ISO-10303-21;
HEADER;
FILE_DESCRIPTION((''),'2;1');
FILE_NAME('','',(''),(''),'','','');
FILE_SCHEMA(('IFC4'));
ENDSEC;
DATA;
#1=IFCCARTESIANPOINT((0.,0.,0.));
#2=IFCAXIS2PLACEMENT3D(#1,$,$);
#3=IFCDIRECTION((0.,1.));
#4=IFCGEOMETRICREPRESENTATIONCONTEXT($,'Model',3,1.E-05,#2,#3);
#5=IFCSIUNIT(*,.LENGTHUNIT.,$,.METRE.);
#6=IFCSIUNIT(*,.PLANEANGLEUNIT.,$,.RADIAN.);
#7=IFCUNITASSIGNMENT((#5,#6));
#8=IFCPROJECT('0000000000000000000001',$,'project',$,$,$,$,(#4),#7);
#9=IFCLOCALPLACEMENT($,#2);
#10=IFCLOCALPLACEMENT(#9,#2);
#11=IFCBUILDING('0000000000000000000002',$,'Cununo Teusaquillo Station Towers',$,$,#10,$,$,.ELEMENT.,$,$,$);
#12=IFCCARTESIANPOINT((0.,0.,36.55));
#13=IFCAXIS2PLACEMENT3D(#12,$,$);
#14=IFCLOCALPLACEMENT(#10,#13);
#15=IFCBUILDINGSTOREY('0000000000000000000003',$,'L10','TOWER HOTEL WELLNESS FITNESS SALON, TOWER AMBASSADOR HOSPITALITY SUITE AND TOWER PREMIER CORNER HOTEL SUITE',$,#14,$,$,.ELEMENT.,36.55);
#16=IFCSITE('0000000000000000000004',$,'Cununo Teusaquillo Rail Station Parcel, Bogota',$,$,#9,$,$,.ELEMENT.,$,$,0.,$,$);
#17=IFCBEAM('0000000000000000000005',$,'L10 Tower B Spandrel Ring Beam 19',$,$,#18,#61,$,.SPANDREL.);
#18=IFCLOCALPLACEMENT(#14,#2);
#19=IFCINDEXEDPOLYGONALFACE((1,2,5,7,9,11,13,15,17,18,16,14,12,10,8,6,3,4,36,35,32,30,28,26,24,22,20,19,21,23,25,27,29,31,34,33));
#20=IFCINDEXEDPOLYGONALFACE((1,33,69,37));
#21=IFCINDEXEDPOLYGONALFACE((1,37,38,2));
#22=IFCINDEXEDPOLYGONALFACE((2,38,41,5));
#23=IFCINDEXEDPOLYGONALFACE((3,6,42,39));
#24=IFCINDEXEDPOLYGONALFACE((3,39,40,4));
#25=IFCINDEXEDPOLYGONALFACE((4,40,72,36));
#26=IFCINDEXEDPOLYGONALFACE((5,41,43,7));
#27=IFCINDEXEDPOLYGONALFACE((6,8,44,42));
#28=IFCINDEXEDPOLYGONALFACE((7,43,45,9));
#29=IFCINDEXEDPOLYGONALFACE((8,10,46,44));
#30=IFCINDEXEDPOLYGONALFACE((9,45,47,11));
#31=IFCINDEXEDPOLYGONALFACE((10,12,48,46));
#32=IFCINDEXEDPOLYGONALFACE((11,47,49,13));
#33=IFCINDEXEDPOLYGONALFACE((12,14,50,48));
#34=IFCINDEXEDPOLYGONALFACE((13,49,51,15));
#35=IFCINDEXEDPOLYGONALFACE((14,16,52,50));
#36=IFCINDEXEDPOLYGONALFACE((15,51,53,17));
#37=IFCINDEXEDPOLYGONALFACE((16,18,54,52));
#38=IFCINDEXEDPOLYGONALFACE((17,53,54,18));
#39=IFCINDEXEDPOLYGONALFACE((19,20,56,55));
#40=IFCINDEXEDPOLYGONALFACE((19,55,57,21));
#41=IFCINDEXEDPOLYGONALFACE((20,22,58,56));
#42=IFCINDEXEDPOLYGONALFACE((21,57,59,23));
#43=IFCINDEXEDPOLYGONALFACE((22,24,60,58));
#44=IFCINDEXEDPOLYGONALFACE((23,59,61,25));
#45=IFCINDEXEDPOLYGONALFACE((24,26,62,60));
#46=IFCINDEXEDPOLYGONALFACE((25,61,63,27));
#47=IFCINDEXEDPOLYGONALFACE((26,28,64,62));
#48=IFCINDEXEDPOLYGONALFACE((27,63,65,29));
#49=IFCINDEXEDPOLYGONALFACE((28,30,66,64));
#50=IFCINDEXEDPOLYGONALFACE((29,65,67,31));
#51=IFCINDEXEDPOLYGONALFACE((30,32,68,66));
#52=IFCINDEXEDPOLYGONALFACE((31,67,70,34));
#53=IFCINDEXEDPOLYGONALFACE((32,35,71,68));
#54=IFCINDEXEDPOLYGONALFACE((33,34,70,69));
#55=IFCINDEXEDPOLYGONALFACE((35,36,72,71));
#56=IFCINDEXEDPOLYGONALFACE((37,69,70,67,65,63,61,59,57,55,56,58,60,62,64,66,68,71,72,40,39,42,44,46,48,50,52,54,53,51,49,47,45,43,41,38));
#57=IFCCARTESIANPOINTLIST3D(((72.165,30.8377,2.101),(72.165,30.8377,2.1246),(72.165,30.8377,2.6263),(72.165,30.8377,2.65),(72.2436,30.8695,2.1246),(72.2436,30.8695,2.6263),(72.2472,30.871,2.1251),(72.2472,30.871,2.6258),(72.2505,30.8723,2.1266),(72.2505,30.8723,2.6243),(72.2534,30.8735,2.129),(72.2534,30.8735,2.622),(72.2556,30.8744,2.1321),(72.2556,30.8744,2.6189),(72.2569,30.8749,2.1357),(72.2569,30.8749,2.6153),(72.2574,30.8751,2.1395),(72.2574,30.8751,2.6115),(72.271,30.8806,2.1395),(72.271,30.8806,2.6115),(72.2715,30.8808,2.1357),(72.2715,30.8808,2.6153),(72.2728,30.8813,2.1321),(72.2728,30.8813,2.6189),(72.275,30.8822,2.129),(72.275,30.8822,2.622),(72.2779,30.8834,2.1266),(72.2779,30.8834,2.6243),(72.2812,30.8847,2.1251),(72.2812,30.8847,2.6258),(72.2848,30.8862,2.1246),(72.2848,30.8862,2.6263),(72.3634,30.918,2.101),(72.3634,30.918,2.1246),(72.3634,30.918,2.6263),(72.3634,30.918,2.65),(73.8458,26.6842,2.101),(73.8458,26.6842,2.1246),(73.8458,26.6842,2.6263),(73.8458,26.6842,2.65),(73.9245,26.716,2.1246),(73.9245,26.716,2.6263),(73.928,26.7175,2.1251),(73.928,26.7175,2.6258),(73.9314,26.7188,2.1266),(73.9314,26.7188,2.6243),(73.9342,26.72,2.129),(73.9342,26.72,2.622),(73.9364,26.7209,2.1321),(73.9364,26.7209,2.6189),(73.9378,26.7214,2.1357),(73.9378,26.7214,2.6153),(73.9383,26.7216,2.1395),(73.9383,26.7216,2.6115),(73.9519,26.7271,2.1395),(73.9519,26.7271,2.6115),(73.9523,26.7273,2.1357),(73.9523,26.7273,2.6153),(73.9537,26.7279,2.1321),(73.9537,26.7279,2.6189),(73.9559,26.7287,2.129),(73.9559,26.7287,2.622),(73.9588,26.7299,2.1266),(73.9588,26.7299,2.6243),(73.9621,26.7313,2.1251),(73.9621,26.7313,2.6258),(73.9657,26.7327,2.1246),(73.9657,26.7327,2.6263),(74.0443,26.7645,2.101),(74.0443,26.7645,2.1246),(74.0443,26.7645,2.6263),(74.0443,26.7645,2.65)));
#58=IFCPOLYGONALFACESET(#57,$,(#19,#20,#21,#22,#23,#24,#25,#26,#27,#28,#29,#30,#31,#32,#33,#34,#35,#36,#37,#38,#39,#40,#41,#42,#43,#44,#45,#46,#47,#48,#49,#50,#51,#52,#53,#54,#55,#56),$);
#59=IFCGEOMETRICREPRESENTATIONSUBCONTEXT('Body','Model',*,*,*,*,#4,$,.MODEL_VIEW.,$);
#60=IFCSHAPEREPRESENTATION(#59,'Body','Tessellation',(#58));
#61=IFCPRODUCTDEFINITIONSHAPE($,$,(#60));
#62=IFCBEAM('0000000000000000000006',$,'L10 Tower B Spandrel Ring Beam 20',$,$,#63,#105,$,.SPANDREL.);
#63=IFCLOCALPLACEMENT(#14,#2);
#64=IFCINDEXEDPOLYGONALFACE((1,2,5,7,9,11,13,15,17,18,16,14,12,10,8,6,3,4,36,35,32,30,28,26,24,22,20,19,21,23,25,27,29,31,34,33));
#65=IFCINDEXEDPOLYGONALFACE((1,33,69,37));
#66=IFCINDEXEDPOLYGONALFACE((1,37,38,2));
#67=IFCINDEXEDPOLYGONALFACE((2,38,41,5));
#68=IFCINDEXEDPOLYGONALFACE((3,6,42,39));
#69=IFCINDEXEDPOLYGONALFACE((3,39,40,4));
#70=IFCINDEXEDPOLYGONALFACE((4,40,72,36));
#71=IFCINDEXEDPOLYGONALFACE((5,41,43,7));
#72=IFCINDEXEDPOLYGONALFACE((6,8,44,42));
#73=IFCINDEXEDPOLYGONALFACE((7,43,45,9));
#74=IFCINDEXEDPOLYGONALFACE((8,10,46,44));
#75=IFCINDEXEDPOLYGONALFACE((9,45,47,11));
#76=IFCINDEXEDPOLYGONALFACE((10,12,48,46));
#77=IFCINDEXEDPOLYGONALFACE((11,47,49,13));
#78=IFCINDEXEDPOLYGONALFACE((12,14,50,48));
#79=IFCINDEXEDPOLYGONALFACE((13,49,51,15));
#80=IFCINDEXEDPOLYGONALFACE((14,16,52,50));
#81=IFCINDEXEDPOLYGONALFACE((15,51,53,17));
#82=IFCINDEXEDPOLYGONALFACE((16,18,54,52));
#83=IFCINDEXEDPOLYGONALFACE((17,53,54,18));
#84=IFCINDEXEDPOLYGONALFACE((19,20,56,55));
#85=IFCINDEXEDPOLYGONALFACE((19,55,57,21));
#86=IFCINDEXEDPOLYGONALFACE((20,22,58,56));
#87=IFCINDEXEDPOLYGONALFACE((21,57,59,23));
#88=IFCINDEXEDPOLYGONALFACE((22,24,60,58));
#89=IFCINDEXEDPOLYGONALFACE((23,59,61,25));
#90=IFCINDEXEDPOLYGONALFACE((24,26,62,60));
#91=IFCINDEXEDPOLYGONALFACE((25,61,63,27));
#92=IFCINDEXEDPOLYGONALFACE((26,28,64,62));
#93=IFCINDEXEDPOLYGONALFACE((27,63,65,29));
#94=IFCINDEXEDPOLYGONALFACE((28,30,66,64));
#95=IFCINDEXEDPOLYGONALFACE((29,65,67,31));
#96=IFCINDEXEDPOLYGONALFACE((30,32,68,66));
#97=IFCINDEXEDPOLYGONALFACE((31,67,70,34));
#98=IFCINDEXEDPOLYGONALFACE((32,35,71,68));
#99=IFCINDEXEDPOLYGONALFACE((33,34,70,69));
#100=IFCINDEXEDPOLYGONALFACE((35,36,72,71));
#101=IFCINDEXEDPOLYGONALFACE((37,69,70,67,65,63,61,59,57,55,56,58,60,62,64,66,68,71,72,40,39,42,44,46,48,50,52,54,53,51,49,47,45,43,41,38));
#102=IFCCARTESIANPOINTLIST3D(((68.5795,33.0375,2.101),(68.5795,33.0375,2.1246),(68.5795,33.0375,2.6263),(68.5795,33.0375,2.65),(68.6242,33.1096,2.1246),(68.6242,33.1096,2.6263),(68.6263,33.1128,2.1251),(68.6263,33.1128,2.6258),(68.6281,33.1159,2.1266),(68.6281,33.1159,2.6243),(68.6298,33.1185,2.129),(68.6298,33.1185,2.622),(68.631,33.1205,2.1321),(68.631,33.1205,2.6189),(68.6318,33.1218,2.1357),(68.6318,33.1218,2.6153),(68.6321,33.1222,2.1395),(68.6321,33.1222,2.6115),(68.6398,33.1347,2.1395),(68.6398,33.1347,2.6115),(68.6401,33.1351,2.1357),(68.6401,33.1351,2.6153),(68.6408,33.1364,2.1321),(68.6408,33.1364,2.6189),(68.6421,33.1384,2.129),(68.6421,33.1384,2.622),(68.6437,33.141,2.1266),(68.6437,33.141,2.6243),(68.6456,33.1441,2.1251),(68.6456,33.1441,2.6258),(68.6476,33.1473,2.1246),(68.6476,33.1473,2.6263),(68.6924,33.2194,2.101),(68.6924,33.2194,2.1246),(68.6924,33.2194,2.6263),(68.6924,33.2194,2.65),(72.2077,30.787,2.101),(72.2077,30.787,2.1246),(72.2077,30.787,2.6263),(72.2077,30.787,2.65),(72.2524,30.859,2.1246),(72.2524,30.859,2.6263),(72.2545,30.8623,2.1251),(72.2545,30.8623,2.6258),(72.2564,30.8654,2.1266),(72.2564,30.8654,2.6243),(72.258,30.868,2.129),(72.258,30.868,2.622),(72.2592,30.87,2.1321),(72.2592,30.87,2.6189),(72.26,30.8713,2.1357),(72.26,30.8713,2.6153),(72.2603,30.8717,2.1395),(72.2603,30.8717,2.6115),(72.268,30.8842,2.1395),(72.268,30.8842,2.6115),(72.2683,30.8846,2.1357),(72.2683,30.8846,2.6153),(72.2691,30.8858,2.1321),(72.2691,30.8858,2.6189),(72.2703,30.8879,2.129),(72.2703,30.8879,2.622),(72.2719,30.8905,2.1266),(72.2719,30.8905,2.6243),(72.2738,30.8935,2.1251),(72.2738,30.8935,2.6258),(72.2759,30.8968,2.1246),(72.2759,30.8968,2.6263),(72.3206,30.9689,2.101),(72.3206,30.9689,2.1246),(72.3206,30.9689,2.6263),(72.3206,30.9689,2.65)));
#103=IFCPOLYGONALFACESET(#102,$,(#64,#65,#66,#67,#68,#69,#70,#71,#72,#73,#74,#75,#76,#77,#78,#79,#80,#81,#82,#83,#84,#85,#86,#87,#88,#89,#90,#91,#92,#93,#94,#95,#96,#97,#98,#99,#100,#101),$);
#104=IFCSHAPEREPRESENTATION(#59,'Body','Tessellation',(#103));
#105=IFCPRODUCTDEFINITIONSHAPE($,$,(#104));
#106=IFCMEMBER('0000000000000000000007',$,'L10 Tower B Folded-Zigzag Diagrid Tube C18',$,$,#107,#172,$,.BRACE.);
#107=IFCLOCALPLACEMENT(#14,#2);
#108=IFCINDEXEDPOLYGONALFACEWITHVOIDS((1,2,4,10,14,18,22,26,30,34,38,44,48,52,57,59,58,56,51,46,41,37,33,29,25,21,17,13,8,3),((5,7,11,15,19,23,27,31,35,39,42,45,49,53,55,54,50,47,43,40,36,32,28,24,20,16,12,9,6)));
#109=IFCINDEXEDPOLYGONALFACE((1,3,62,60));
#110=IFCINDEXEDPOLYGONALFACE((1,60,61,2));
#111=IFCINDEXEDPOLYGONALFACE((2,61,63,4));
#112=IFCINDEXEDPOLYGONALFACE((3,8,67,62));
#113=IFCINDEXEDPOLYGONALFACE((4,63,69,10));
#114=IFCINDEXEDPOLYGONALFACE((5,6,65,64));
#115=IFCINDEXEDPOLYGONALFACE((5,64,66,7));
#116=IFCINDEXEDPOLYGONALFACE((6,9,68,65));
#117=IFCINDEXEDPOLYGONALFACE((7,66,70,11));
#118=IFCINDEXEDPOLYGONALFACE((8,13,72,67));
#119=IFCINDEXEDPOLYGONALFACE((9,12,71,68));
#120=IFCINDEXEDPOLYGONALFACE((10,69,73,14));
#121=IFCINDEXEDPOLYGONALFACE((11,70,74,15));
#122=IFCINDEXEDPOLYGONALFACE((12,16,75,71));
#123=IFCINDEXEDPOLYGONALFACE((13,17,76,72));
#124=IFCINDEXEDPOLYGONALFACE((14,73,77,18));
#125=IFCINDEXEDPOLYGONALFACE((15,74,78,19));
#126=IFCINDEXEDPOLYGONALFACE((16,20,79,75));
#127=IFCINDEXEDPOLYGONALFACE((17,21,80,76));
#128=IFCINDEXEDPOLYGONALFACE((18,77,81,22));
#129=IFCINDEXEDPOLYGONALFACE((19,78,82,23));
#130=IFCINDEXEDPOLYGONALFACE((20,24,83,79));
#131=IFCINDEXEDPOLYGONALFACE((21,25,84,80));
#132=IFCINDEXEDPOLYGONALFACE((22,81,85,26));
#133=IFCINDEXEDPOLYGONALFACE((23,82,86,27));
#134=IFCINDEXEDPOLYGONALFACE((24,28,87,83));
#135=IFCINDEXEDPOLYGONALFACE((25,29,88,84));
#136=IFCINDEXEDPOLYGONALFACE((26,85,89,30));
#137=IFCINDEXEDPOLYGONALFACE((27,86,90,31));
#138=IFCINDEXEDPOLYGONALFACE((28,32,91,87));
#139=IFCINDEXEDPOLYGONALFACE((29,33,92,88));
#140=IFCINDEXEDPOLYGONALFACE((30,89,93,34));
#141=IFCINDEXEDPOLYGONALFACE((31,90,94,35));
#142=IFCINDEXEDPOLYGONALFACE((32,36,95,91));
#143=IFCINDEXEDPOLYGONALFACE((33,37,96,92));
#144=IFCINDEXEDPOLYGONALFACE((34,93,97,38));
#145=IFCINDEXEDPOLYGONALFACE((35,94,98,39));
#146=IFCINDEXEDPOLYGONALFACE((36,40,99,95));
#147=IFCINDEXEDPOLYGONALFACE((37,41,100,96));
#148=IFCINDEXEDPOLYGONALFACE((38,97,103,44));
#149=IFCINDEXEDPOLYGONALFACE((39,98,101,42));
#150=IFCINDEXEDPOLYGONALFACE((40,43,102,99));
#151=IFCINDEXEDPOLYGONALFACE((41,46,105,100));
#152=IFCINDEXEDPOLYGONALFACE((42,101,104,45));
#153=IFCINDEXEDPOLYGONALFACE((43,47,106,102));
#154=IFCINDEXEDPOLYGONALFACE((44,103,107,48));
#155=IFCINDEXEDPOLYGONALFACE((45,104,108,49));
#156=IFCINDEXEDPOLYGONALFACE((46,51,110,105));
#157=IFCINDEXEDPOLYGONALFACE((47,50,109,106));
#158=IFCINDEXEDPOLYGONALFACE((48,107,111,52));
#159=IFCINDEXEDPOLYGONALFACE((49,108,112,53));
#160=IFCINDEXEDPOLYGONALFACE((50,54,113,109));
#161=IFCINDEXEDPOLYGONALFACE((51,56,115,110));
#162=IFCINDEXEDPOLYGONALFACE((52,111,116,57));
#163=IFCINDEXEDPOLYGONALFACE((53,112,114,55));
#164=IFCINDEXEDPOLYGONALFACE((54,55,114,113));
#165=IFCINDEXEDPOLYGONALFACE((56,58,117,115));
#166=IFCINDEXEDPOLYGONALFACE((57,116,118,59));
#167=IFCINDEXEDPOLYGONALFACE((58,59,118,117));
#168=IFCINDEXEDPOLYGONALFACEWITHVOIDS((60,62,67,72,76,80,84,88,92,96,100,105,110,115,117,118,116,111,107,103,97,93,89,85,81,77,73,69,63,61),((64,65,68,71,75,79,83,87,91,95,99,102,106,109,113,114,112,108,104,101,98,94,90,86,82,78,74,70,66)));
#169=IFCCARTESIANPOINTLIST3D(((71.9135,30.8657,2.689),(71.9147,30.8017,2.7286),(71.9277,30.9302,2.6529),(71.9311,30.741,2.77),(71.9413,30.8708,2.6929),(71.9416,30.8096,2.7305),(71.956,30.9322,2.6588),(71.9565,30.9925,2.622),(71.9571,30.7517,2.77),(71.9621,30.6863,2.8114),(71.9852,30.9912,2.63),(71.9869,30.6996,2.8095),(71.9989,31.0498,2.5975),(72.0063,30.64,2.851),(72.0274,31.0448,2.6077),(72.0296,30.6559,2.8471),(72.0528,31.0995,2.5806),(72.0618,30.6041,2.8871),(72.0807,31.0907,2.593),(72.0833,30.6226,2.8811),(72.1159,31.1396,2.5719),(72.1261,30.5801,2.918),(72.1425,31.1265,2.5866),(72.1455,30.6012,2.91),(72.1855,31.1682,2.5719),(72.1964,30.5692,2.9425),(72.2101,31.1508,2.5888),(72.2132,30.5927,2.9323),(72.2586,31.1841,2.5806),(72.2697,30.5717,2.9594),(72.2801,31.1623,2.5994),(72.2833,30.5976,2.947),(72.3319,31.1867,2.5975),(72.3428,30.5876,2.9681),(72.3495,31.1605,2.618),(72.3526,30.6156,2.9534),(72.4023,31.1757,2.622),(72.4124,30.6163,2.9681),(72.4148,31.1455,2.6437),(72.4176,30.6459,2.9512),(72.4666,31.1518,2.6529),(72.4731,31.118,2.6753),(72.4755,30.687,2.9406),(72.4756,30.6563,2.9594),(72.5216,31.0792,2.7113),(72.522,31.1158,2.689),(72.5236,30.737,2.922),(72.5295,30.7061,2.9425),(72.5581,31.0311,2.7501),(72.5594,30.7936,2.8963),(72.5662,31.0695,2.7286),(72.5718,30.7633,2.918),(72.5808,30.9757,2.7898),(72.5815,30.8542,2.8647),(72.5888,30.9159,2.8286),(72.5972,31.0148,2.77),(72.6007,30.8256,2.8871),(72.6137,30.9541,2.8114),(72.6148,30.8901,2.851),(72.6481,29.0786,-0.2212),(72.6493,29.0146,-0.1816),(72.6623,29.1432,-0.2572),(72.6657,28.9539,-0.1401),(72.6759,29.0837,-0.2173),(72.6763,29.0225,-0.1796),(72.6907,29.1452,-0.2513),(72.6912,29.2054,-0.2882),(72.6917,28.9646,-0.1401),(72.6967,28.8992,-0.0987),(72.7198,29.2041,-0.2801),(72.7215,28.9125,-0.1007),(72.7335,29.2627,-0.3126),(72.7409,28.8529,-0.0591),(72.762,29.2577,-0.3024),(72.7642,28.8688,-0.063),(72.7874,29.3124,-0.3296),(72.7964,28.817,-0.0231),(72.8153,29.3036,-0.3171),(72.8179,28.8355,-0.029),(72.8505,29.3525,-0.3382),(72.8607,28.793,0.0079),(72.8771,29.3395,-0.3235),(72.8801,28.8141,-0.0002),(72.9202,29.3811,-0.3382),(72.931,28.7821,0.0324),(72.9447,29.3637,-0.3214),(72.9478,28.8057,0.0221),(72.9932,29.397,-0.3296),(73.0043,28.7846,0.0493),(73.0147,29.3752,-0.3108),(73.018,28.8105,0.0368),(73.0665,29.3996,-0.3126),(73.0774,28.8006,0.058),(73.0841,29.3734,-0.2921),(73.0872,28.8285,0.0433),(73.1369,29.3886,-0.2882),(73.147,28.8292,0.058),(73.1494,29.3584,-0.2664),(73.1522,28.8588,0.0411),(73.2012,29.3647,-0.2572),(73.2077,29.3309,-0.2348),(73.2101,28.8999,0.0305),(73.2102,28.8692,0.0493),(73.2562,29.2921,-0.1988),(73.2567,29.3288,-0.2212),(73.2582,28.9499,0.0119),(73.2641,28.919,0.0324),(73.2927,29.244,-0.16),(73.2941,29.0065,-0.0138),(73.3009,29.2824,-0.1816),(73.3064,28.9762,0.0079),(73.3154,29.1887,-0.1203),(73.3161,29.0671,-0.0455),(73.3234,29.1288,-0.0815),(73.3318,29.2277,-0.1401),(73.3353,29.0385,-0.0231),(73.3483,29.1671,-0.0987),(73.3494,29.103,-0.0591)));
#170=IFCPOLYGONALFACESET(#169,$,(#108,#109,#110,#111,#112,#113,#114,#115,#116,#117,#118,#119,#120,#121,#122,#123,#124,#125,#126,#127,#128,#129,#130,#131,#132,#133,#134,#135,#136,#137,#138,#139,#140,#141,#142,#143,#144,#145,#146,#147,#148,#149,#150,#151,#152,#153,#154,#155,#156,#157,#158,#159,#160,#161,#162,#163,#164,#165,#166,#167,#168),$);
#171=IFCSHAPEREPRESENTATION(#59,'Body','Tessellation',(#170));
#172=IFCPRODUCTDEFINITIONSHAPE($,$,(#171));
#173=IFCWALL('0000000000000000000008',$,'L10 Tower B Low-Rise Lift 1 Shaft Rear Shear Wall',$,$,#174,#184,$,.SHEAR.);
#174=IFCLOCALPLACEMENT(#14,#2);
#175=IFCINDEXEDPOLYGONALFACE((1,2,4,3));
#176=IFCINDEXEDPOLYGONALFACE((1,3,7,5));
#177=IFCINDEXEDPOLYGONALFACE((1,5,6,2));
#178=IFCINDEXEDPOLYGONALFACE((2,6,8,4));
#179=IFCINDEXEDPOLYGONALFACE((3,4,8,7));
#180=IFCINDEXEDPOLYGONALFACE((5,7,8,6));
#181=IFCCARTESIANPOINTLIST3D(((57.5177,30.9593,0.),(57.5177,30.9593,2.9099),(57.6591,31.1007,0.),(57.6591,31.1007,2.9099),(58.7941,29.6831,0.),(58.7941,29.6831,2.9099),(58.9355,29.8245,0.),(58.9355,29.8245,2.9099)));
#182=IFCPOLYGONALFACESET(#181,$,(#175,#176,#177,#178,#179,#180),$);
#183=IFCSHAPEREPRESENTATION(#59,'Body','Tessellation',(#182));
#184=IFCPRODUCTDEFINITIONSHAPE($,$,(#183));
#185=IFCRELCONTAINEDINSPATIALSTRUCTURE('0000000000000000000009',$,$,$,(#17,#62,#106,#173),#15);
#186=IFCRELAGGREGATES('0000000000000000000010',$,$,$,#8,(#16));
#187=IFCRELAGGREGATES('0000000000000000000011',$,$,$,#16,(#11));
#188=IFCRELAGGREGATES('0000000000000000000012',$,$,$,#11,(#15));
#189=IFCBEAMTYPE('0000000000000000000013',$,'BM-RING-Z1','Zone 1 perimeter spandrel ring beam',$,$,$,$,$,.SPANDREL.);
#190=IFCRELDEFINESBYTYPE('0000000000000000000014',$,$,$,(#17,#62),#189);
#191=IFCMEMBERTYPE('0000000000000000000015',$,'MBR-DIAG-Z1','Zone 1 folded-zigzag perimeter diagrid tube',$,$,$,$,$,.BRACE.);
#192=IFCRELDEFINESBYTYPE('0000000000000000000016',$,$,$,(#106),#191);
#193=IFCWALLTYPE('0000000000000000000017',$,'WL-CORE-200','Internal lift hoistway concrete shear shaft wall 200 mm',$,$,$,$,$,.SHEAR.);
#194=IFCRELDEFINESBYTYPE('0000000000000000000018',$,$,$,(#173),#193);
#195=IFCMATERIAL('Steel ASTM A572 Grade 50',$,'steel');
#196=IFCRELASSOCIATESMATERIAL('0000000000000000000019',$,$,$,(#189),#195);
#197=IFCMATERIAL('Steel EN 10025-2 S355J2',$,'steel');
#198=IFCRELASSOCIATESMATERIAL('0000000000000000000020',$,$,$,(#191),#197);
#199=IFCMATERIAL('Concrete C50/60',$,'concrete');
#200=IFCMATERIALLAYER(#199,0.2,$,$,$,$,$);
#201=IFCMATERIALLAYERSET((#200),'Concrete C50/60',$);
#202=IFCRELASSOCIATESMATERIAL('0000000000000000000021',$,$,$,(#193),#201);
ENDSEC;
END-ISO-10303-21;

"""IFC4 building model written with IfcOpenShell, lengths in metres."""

from ifc_helpers import new_model, si_unit, direction, frame, frame_2d, origin, origin_2d, place, context, subcontext, project, spatial, rectangle, hollow_circle, i_section, extrude, material, layer, layer_set, material_profile, profile_set, type_object, element, save


model = new_model("IFC4")

# Units and contexts
model_context = context("Model", 3, precision=1e-05, world=origin(), true_north=direction((0.0, 1.0)))
body_context = subcontext(model_context, "Body", "Model", "MODEL_VIEW")
ifc_project = project(units=[si_unit("LENGTHUNIT", "METRE"), si_unit("PLANEANGLEUNIT", "RADIAN")], contexts=[model_context])

# Site, building, storey
site_placement = place(None, origin())
site = spatial("IfcSite", under=ifc_project, at=site_placement, Name="Cununo Teusaquillo Rail Station Parcel, Bogota", CompositionType="ELEMENT", RefElevation=0.0)
building_placement = place(site_placement, origin())
building = spatial("IfcBuilding", under=site, at=building_placement, Name="Cununo Teusaquillo Station Towers", CompositionType="ELEMENT")
storey_placement = place(building_placement, frame((0.0, 0.0, 36.55)))
storey = spatial("IfcBuildingStorey", under=building, at=storey_placement, Name="L10", Description="TOWER HOTEL WELLNESS FITNESS SALON, TOWER AMBASSADOR HOSPITALITY SUITE AND TOWER PREMIER CORNER HOTEL SUITE", CompositionType="ELEMENT", Elevation=36.55)

# Beams
ifc_material_1 = material(Name="Steel ASTM A572 Grade 50", Category="steel")
ifc_material_profile_1 = material_profile(ifc_material_1, i_section(OverallWidth=0.2141, OverallDepth=0.5491, WebThickness=0.0146, FlangeThickness=0.0237, FilletRadius=0.0149, at=origin_2d()), Name="W21X93")
ifc_profile_set_1 = profile_set([ifc_material_profile_1], Name="Steel ASTM A572 Grade 50")
beam_type_1 = type_object("IfcBeamType", Name="BM-RING-Z1", Description="Zone 1 perimeter spandrel ring beam", PredefinedType="SPANDREL", material=ifc_profile_set_1)
beam_1_placement = place(storey_placement, frame((73.9451, 26.7244, 2.3755), z_axis=(-0.375136, 0.92697, 0.0), x_axis=(-0.92697, -0.375136, 0.0)))
element("IfcBeam", 1, at=beam_1_placement, inside=storey, type_object=beam_type_1, Name="L10 Tower B Spandrel Ring Beam 19", PredefinedType="SPANDREL", context=body_context, shape_type="SweptSolid", body=[
    extrude(i_section(OverallWidth=0.2141, OverallDepth=0.5491, WebThickness=0.0146, FlangeThickness=0.0237, FilletRadius=0.0149, at=origin_2d()), origin(), (0.0, 0.0, 1.0), 4.4807),
])
beam_2_placement = place(storey_placement, frame((72.2642, 30.8779, 2.3755), z_axis=(-0.849796, 0.527112, 0.0), x_axis=(-0.527112, -0.849796, 0.0)))
element("IfcBeam", 2, at=beam_2_placement, inside=storey, type_object=beam_type_1, Name="L10 Tower B Spandrel Ring Beam 20", PredefinedType="SPANDREL", context=body_context, shape_type="SweptSolid", body=[
    extrude(i_section(OverallWidth=0.2141, OverallDepth=0.5491, WebThickness=0.0146, FlangeThickness=0.0237, FilletRadius=0.0149, at=origin_2d()), origin(), (0.0, 0.0, 1.0), 4.2695),
])

# Member
ifc_material_2 = material(Name="Steel EN 10025-2 S355J2", Category="steel")
ifc_material_profile_2 = material_profile(ifc_material_2, hollow_circle(Radius=0.3601, WallThickness=0.0281, at=origin_2d()), Name="CHS 720x28")
ifc_profile_set_2 = profile_set([ifc_material_profile_2], Name="Steel EN 10025-2 S355J2")
member_type = type_object("IfcMemberType", Name="MBR-DIAG-Z1", Description="Zone 1 folded-zigzag perimeter diagrid tube", PredefinedType="BRACE", material=ifc_profile_set_2)
member_placement = place(storey_placement, frame((72.9988, 29.0908, -0.1401), z_axis=(-0.2103, 0.511597, 0.833092), x_axis=(-0.924906, -0.380197, 0.0)))
element("IfcMember", 3, at=member_placement, inside=storey, type_object=member_type, Name="L10 Tower B Folded-Zigzag Diagrid Tube C18", PredefinedType="BRACE", context=body_context, shape_type="SweptSolid", body=[
    extrude(hollow_circle(Radius=0.3601, WallThickness=0.0281, at=origin_2d()), origin(), (0.0, 0.0, 1.0), 3.4932),
])

# Wall
ifc_material_3 = material(Name="Concrete C50/60", Category="concrete")
ifc_layer_1 = layer(ifc_material_3, 0.2)
ifc_layer_set_1 = layer_set([ifc_layer_1], Name="Concrete C50/60")
wall_type_1 = type_object("IfcWallType", Name="WL-CORE-200", Description="Internal lift hoistway concrete shear shaft wall 200 mm", PredefinedType="SHEAR", material=ifc_layer_set_1)
wall_1_placement = place(storey_placement, frame((58.8647, 29.7539, 0.0), z_axis=(0.0, 0.0, 1.0), x_axis=(-0.707174, 0.707039, 0.0)))
element("IfcWall", 4, at=wall_1_placement, inside=storey, type_object=wall_type_1, Name="L10 Tower B Low-Rise Lift 1 Shaft Rear Shear Wall", PredefinedType="SHEAR", context=body_context, shape_type="SweptSolid", body=[
    extrude(rectangle(XDim=1.8049, YDim=0.2, at=frame_2d((0.9023, 0.0))), origin(), (0.0, 0.0, 1.0), 2.9099),
])

save(model, "model.ifc")
